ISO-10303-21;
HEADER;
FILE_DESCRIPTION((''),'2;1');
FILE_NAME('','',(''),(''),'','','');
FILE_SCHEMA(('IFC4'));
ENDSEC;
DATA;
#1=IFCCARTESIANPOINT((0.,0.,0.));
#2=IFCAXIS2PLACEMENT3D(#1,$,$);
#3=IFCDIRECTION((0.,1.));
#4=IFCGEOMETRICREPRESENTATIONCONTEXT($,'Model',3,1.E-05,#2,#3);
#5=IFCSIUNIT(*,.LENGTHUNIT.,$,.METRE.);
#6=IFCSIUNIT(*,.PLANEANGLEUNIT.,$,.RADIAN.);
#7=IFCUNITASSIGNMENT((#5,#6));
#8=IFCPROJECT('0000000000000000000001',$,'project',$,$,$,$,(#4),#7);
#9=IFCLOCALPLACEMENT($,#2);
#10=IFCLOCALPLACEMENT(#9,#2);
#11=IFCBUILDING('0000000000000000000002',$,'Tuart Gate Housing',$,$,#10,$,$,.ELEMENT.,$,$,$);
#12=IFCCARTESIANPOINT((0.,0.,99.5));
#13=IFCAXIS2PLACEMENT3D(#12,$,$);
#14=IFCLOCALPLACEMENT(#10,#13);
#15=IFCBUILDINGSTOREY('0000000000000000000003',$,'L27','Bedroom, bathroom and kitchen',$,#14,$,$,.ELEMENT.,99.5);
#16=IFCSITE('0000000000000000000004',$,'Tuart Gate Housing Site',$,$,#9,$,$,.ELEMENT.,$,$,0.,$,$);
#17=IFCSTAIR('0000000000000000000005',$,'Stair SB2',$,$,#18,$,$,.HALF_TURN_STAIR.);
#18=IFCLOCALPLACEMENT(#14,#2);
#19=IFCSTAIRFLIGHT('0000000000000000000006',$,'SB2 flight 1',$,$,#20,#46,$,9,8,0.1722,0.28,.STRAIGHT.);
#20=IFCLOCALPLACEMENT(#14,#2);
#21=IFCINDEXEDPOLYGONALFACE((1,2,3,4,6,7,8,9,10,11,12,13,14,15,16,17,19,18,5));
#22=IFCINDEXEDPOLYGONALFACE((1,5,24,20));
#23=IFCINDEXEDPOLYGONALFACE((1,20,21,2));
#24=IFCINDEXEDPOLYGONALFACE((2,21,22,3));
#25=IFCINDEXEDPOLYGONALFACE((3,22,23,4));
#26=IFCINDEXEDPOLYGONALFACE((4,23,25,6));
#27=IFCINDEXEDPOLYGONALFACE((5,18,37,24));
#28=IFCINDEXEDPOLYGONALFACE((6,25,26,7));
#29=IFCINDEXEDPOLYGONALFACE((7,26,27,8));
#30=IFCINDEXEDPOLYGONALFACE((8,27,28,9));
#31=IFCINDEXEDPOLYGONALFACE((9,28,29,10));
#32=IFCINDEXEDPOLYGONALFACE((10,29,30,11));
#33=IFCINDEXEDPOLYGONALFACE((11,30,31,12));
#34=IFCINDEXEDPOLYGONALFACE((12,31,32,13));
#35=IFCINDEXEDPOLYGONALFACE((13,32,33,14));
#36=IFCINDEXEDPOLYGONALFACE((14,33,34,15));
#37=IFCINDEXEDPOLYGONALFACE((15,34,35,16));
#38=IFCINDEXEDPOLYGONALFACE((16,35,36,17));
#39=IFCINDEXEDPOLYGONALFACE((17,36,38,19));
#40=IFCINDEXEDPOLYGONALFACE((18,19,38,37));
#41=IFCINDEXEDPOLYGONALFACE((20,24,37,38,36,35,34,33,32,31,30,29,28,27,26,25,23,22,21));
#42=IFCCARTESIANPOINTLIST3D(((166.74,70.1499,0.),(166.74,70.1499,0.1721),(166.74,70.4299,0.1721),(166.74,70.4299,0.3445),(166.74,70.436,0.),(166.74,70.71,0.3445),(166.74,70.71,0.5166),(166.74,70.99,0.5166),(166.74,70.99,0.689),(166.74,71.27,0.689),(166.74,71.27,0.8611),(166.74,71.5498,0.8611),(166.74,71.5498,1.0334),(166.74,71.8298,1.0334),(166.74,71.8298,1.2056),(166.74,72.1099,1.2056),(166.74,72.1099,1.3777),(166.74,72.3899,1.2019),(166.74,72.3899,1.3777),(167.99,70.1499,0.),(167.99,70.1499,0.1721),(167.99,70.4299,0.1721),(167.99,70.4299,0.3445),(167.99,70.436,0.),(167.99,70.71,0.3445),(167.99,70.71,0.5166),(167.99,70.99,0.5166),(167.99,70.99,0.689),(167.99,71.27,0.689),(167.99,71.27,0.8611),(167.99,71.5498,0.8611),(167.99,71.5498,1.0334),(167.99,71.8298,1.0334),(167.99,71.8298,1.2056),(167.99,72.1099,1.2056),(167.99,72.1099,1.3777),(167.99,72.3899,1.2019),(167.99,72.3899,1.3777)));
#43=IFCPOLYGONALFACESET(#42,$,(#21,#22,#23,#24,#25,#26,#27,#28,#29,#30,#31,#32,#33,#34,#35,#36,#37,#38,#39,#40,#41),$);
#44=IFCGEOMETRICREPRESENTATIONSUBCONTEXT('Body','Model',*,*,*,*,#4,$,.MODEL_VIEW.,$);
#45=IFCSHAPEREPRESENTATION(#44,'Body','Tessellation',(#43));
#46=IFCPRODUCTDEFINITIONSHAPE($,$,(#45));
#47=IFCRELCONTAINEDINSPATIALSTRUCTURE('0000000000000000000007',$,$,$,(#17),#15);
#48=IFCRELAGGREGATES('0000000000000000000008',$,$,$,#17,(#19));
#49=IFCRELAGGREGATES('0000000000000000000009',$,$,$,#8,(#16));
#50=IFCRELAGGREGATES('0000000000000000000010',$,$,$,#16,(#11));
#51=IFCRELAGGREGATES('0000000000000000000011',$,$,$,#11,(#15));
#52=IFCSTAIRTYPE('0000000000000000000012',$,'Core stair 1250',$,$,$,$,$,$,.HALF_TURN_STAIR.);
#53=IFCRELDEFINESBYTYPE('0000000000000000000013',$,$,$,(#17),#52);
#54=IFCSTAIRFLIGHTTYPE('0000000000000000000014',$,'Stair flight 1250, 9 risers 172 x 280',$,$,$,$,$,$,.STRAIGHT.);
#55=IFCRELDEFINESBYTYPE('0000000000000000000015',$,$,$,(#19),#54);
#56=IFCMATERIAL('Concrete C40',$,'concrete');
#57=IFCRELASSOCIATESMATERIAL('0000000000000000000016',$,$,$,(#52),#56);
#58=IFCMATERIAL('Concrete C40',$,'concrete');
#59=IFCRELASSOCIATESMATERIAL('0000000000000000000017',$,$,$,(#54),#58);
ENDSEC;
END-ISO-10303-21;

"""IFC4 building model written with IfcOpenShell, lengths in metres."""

from ifc_helpers import new_model, si_unit, direction, frame, origin, place, context, subcontext, project, spatial, polyline, outline, extrude, material, type_object, element, aggregate, save


model = new_model("IFC4")

# Units and contexts
model_context = context("Model", 3, precision=1e-05, world=origin(), true_north=direction((0.0, 1.0)))
body_context = subcontext(model_context, "Body", "Model", "MODEL_VIEW")
ifc_project = project(units=[si_unit("LENGTHUNIT", "METRE"), si_unit("PLANEANGLEUNIT", "RADIAN")], contexts=[model_context])

# Site, building, storey
site_placement = place(None, origin())
site = spatial("IfcSite", under=ifc_project, at=site_placement, Name="Tuart Gate Housing Site", CompositionType="ELEMENT", RefElevation=0.0)
building_placement = place(site_placement, origin())
building = spatial("IfcBuilding", under=site, at=building_placement, Name="Tuart Gate Housing", CompositionType="ELEMENT")
storey_placement = place(building_placement, frame((0.0, 0.0, 99.5)))
storey = spatial("IfcBuildingStorey", under=building, at=storey_placement, Name="L27", Description="Bedroom, bathroom and kitchen", CompositionType="ELEMENT", Elevation=99.5)

# Stair, stair flight
ifc_material_1 = material(Name="Concrete C40", Category="concrete")
stair_type = type_object("IfcStairType", Name="Core stair 1250", PredefinedType="HALF_TURN_STAIR", material=ifc_material_1)
stair_placement = place(storey_placement, origin())
stair = element("IfcStair", 1, at=stair_placement, inside=storey, type_object=stair_type, Name="Stair SB2", PredefinedType="HALF_TURN_STAIR")
ifc_material_2 = material(Name="Concrete C40", Category="concrete")
stair_flight_type = type_object("IfcStairFlightType", Name="Stair flight 1250, 9 risers 172 x 280", PredefinedType="STRAIGHT", material=ifc_material_2)
stair_flight_placement = place(storey_placement, frame((167.365, 70.1499, 0.0), z_axis=(0.0, 0.0, 1.0), x_axis=(0.0, 1.0, 0.0)))
stair_flight = element("IfcStairFlight", 2, at=stair_flight_placement, type_object=stair_flight_type, Name="SB2 flight 1", NumberOfRisers=9, NumberOfTreads=8, PredefinedType="STRAIGHT", RiserHeight=0.1722, TreadLength=0.28, context=body_context, shape_type="SweptSolid", body=[
    extrude(outline(polyline([(0.0, 0.0), (0.0, 0.1721), (0.28, 0.1721), (0.28, 0.3445), (0.5601, 0.3445), (0.5601, 0.5166), (0.8401, 0.5166), (0.8401, 0.689), (1.1201, 0.689), (1.1201, 0.8611), (1.3999, 0.8611), (1.3999, 1.0334), (1.6799, 1.0334), (1.6799, 1.2056), (1.96, 1.2056), (1.96, 1.3777), (2.24, 1.3777), (2.24, 1.55), (2.24, 1.2019), (0.2861, 0.0), (0.0, 0.0)])), frame((0.0, 0.625, 0.0), z_axis=(0.0, -1.0, 0.0), x_axis=(1.0, 0.0, 0.0)), (0.0, 0.0, 1.0), 1.25),
])
aggregate(stair, [stair_flight])

save(model, "model.ifc")
